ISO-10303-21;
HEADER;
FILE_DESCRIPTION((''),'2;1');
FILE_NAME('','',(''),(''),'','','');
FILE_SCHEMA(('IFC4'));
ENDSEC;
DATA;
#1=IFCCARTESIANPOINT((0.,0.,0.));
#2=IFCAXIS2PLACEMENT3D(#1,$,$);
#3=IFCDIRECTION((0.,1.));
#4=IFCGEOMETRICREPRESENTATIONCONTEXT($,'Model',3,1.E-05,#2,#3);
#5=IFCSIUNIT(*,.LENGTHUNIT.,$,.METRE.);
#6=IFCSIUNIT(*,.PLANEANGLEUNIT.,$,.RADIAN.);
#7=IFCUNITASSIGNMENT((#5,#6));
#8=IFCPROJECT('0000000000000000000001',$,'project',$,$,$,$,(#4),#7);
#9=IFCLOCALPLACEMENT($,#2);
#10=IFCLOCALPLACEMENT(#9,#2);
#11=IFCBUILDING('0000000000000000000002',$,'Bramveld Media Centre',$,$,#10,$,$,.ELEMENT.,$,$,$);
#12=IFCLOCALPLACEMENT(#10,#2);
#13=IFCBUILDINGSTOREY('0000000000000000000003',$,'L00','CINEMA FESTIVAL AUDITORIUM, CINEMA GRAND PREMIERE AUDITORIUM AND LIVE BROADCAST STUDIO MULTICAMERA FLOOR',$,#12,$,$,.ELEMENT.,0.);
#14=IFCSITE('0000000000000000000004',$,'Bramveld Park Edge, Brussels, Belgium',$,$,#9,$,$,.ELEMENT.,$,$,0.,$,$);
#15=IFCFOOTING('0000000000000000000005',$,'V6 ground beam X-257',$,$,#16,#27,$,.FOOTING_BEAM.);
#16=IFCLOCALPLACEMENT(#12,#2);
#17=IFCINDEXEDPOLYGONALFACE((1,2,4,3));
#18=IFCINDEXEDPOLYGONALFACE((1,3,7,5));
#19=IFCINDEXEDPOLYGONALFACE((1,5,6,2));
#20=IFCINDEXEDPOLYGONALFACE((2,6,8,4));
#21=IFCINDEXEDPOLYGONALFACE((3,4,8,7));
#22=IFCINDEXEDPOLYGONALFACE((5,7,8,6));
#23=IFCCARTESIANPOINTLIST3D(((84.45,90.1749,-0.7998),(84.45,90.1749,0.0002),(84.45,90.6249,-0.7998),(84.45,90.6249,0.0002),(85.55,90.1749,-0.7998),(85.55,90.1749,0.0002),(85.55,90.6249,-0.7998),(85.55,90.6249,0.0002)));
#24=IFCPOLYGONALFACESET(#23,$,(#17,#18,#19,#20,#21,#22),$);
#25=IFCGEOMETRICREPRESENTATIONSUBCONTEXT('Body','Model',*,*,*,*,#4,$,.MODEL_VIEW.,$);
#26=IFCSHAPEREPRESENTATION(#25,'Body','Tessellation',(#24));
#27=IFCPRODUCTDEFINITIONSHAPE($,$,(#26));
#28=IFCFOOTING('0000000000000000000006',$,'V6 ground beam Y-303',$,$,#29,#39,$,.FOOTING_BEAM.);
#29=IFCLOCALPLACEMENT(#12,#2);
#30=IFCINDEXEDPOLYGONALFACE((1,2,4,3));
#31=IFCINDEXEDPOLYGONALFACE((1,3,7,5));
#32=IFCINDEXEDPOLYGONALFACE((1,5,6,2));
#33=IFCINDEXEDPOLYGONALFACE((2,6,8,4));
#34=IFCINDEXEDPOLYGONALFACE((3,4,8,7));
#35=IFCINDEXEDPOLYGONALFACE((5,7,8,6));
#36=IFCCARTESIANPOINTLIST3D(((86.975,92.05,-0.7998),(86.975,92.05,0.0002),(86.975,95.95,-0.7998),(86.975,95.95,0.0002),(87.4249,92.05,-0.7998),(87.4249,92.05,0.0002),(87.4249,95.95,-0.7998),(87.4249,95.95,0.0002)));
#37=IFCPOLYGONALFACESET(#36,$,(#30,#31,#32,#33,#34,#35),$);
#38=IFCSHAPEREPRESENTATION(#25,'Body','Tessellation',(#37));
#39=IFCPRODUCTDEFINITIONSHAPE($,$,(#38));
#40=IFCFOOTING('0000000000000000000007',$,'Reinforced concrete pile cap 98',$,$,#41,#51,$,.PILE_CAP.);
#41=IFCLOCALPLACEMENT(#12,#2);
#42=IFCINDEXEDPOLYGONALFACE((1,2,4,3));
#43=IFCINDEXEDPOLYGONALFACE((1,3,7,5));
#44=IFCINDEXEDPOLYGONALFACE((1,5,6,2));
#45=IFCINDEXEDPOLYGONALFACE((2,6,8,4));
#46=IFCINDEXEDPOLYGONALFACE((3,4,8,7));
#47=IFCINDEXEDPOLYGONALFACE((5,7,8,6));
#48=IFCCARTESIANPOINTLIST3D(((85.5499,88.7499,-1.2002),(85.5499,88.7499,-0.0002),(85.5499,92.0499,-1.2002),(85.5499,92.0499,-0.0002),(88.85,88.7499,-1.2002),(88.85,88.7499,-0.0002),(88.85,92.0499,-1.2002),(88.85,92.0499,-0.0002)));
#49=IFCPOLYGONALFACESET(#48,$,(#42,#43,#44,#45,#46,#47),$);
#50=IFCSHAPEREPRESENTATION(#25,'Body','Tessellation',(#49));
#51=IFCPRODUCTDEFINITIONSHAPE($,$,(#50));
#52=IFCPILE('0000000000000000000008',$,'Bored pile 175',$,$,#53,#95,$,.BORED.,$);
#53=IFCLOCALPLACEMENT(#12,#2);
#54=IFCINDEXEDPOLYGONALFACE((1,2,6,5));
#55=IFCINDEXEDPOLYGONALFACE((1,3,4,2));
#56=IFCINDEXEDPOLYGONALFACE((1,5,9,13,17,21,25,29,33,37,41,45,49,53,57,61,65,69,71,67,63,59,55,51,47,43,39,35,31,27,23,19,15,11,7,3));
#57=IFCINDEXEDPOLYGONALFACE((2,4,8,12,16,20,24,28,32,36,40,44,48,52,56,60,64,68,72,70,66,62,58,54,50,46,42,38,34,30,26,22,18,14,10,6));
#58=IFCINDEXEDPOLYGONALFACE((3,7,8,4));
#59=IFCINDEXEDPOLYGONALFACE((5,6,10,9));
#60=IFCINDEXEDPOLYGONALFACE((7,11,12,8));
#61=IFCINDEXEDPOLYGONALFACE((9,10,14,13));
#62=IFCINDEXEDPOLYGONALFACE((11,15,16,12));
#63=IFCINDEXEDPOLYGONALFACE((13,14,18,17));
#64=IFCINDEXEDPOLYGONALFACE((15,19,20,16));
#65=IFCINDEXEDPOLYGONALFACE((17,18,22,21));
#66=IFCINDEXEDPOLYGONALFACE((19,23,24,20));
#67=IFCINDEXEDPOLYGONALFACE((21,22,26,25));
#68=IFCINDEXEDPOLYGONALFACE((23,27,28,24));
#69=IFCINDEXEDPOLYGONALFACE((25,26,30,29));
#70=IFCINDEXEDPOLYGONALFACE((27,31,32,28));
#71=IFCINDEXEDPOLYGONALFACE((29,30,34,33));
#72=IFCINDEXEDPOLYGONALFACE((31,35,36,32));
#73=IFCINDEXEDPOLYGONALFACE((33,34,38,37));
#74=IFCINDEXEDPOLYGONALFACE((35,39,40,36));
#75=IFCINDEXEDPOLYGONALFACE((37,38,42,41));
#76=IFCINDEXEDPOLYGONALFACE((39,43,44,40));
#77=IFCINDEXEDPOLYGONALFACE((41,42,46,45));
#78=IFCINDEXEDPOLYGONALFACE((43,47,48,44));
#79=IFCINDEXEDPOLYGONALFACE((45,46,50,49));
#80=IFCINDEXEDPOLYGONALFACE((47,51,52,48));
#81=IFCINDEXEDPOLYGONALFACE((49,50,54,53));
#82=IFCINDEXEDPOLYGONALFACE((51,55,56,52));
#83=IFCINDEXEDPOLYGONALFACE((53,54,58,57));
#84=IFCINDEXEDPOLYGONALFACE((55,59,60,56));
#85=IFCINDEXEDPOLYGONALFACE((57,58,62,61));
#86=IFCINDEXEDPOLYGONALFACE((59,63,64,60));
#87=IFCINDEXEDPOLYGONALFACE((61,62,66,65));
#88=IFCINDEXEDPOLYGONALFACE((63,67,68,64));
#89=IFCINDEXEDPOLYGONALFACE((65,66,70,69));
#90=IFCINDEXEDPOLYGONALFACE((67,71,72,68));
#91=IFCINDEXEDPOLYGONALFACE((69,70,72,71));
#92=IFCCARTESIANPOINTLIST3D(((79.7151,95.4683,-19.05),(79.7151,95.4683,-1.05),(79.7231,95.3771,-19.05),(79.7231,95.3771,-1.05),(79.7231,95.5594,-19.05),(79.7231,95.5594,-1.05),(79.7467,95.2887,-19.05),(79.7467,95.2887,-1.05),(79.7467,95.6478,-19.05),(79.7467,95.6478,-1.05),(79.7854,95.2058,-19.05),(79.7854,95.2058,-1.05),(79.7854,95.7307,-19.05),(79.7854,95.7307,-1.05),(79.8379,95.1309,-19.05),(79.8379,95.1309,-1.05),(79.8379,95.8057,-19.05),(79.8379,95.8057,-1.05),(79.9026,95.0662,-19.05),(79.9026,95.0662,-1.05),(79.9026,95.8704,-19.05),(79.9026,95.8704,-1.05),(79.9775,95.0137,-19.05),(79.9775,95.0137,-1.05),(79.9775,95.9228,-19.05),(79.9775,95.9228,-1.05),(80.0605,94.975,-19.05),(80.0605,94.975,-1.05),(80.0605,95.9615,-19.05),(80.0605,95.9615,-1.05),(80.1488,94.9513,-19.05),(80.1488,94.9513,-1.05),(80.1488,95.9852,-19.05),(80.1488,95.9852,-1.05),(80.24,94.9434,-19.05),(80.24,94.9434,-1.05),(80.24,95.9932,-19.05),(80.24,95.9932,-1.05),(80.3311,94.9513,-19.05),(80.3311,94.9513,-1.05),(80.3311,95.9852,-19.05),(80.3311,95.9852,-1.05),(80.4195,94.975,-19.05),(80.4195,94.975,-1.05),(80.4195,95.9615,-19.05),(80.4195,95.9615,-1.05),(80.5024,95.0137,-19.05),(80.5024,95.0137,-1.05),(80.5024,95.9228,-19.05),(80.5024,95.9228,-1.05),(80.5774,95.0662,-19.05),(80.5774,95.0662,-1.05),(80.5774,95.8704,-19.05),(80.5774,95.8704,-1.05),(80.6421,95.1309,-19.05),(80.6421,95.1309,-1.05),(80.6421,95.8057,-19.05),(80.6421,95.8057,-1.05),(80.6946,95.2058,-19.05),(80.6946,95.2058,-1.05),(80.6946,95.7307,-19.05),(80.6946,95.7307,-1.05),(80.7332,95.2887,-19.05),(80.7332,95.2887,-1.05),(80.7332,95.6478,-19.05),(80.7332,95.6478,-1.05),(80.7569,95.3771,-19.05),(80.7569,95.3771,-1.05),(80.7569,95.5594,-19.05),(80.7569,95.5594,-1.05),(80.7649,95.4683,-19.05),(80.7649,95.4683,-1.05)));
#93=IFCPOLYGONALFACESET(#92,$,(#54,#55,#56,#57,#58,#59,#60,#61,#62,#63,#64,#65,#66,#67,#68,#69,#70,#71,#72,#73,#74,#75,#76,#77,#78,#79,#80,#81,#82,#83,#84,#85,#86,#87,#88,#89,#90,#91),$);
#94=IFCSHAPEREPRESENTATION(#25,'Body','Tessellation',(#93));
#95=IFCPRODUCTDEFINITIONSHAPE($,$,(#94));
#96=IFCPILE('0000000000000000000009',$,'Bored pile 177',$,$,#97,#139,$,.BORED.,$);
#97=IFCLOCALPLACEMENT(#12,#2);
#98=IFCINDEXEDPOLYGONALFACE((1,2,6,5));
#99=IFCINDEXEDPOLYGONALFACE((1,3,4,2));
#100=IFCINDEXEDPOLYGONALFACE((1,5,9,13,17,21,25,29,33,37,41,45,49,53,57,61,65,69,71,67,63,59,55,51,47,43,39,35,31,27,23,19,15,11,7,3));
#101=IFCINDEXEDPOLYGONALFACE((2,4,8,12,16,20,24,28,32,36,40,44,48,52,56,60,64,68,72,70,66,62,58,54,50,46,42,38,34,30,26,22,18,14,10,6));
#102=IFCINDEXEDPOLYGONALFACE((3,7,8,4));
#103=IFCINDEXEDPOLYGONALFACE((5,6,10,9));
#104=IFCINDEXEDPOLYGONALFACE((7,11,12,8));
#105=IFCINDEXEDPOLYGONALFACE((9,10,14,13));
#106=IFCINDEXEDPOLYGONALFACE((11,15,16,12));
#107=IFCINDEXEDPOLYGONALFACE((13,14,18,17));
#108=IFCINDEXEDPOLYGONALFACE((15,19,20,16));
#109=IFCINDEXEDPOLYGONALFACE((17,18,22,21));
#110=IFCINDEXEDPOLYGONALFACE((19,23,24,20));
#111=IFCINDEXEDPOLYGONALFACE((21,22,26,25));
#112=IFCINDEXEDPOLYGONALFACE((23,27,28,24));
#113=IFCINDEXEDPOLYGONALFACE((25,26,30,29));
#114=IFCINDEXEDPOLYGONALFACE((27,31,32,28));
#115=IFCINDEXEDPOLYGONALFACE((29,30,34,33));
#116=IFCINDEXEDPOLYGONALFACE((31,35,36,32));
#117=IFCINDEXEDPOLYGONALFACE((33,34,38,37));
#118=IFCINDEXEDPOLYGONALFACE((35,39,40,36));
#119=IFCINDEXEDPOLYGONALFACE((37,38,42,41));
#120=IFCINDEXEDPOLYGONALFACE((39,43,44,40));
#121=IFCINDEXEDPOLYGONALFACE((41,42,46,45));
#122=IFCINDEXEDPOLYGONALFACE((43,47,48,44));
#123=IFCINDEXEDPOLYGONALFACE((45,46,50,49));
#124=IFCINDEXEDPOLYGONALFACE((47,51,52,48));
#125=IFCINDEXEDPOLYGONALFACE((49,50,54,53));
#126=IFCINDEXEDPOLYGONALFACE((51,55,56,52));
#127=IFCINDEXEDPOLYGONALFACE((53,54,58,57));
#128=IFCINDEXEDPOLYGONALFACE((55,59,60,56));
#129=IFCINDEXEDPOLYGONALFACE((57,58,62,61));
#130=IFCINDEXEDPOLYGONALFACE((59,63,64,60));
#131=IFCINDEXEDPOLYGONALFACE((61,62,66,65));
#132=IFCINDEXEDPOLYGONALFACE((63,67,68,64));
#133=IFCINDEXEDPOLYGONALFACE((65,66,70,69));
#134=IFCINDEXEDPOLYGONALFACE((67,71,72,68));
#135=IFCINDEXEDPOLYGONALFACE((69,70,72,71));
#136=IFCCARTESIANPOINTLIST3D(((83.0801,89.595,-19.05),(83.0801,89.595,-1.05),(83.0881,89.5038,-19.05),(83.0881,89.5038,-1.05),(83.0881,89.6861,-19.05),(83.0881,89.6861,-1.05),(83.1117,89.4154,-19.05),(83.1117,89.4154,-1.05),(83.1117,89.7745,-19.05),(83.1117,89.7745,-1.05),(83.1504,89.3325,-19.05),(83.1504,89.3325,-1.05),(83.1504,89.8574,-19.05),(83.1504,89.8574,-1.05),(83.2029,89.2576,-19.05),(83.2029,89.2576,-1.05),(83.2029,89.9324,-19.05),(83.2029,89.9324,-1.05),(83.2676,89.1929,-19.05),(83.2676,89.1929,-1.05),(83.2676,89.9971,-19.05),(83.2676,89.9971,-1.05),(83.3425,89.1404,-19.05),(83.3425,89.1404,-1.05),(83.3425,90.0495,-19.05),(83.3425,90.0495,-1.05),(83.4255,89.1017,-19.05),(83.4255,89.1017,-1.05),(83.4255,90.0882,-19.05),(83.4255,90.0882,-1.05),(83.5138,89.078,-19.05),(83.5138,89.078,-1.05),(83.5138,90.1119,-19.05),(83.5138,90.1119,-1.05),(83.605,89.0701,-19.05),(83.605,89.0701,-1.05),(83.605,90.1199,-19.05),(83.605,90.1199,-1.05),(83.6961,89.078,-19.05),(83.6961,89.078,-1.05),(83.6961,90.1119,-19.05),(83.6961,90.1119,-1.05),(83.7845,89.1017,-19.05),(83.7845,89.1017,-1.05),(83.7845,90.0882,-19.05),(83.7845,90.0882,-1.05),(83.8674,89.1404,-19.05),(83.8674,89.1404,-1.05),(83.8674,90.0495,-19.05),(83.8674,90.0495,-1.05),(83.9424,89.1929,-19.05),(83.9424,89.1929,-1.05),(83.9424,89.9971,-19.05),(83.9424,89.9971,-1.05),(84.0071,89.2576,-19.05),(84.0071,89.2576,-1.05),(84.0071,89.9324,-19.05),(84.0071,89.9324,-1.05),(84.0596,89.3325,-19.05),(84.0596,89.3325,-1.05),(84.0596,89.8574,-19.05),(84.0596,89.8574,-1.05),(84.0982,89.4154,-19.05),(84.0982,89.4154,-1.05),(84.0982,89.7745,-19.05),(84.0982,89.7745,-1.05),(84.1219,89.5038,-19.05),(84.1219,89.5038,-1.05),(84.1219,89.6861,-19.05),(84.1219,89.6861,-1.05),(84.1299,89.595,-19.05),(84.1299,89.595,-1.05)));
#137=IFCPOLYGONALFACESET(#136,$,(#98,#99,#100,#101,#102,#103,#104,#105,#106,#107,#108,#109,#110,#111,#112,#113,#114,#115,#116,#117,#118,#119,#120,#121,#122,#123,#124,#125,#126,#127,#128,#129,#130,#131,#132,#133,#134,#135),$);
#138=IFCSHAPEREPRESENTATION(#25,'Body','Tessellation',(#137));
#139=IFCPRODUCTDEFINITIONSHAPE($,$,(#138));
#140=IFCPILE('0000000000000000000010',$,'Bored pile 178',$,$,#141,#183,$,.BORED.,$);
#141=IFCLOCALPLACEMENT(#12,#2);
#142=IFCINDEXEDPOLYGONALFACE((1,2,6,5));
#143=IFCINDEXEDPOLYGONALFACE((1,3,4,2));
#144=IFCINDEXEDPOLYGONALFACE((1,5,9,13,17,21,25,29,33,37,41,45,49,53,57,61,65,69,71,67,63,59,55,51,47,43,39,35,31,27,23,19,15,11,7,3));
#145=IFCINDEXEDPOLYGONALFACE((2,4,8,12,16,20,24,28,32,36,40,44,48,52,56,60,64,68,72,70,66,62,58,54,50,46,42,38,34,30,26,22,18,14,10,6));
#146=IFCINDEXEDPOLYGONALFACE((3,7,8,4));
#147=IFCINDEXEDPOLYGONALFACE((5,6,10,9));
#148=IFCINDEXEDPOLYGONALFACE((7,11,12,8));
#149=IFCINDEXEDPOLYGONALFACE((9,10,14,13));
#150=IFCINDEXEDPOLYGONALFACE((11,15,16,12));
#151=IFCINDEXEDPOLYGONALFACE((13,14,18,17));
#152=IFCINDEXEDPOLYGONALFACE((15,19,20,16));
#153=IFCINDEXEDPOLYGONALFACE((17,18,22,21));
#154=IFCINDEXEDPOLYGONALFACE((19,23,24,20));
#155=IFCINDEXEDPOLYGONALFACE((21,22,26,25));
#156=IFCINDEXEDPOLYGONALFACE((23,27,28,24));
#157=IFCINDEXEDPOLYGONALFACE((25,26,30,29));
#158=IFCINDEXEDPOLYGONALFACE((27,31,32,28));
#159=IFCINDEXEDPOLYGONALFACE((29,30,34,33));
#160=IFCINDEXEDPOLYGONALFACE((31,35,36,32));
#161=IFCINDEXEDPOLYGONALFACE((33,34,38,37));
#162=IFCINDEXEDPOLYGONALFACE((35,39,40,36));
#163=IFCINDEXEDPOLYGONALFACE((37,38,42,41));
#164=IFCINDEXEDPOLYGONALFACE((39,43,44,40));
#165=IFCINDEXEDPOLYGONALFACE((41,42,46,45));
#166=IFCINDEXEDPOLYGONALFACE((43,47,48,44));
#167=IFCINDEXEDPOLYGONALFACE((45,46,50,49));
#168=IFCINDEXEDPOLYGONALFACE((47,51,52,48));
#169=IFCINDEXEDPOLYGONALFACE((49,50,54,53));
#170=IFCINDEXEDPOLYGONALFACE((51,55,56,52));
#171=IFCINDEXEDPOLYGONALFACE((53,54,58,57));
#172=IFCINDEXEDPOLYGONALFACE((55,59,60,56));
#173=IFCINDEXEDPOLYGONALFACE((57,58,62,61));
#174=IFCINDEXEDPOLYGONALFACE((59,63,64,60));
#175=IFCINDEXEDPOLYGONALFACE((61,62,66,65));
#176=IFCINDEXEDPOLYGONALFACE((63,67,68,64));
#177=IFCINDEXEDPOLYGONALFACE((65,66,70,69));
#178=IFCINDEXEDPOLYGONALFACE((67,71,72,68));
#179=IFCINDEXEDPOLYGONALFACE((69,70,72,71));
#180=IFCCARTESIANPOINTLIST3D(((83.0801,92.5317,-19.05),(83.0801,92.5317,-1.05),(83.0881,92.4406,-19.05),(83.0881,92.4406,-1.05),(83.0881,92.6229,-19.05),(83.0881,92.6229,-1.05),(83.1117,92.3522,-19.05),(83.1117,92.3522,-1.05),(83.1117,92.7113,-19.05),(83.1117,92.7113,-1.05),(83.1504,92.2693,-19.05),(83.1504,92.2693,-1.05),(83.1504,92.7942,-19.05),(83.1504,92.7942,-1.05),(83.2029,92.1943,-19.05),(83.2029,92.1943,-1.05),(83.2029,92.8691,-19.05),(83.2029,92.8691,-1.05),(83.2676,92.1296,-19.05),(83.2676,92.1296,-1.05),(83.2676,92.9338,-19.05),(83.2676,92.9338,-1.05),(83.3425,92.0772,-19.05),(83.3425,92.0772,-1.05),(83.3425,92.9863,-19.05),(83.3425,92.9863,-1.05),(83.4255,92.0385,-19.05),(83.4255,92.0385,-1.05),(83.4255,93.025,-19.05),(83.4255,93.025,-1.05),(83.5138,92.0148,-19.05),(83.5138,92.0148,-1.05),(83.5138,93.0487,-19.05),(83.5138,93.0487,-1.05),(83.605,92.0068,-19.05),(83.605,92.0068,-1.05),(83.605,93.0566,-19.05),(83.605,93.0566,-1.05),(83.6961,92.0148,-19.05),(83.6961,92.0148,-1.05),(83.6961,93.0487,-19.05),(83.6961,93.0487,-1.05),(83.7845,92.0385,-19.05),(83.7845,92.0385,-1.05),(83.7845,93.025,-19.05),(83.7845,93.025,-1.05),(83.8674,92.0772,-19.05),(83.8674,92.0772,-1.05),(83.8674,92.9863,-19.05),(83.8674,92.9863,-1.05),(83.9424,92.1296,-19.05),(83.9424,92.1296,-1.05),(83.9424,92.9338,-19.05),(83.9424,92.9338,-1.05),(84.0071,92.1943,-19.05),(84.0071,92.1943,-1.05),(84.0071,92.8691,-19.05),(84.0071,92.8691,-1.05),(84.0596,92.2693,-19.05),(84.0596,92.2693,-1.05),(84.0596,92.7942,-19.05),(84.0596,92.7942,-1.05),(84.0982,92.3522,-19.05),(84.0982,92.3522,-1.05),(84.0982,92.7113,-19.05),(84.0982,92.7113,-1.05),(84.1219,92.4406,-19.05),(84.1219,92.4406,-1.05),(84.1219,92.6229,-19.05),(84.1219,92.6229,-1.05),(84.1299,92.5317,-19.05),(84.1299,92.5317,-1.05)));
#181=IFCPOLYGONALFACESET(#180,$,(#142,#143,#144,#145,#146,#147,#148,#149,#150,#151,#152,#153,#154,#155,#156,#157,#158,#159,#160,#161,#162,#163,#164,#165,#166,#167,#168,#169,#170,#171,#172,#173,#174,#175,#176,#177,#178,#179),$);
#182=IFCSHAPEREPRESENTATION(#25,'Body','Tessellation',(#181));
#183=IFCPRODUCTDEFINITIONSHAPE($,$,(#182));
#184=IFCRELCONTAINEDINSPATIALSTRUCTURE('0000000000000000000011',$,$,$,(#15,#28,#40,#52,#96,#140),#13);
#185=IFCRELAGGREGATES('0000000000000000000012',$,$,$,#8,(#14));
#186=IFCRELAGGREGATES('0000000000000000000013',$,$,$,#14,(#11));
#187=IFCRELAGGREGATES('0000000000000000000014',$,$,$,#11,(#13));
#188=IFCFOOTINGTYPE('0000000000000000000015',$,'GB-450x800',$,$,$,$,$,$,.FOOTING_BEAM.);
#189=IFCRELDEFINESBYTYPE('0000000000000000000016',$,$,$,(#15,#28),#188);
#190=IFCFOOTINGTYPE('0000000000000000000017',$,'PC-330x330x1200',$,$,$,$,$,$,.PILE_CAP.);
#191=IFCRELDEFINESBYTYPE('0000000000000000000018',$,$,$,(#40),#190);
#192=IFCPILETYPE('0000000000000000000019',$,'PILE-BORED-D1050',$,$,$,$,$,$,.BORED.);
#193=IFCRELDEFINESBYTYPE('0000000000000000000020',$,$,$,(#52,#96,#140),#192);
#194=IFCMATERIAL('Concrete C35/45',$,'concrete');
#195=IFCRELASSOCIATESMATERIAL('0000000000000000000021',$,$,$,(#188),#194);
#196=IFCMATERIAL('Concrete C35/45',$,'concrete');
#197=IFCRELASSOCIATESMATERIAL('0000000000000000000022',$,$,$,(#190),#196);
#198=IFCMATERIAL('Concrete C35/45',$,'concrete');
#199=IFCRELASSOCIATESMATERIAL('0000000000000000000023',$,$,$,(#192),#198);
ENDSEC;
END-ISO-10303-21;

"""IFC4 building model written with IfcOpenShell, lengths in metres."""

from ifc_helpers import new_model, si_unit, direction, frame, origin, origin_2d, place, context, subcontext, project, spatial, rectangle, circle, extrude, material, material_profile, profile_set, type_object, element, save


model = new_model("IFC4")

# Units and contexts
model_context = context("Model", 3, precision=1e-05, world=origin(), true_north=direction((0.0, 1.0)))
body_context = subcontext(model_context, "Body", "Model", "MODEL_VIEW")
ifc_project = project(units=[si_unit("LENGTHUNIT", "METRE"), si_unit("PLANEANGLEUNIT", "RADIAN")], contexts=[model_context])

# Site, building, storey
site_placement = place(None, origin())
site = spatial("IfcSite", under=ifc_project, at=site_placement, Name="Bramveld Park Edge, Brussels, Belgium", CompositionType="ELEMENT", RefElevation=0.0)
building_placement = place(site_placement, origin())
building = spatial("IfcBuilding", under=site, at=building_placement, Name="Bramveld Media Centre", CompositionType="ELEMENT")
storey_placement = place(building_placement, origin())
storey = spatial("IfcBuildingStorey", under=building, at=storey_placement, Name="L00", Description="CINEMA FESTIVAL AUDITORIUM, CINEMA GRAND PREMIERE AUDITORIUM AND LIVE BROADCAST STUDIO MULTICAMERA FLOOR", CompositionType="ELEMENT", Elevation=0.0)

# Footings
ifc_material_1 = material(Name="Concrete C35/45", Category="concrete")
footing_type_1 = type_object("IfcFootingType", Name="GB-450x800", PredefinedType="FOOTING_BEAM", material=ifc_material_1)
footing_1_placement = place(storey_placement, frame((85.0, 90.3999, -0.7998), z_axis=(0.0, 0.0, 1.0), x_axis=(1.0, 0.0, 0.0)))
element("IfcFooting", 1, at=footing_1_placement, inside=storey, type_object=footing_type_1, Name="V6 ground beam X-257", PredefinedType="FOOTING_BEAM", context=body_context, shape_type="SweptSolid", body=[
    extrude(rectangle(XDim=1.1001, YDim=0.45, at=origin_2d()), origin(), (0.0, 0.0, 1.0), 0.8),
])
footing_2_placement = place(storey_placement, frame((87.2, 94.0, -0.7998), z_axis=(0.0, 0.0, 1.0), x_axis=(1.0, 0.0, 0.0)))
element("IfcFooting", 2, at=footing_2_placement, inside=storey, type_object=footing_type_1, Name="V6 ground beam Y-303", PredefinedType="FOOTING_BEAM", context=body_context, shape_type="SweptSolid", body=[
    extrude(rectangle(XDim=0.45, YDim=3.8999, at=origin_2d()), origin(), (0.0, 0.0, 1.0), 0.8),
])
ifc_material_2 = material(Name="Concrete C35/45", Category="concrete")
footing_type_2 = type_object("IfcFootingType", Name="PC-330x330x1200", PredefinedType="PILE_CAP", material=ifc_material_2)
footing_3_placement = place(storey_placement, frame((87.2, 90.3999, -1.2002), z_axis=(0.0, 0.0, 1.0), x_axis=(1.0, 0.0, 0.0)))
element("IfcFooting", 3, at=footing_3_placement, inside=storey, type_object=footing_type_2, Name="Reinforced concrete pile cap 98", PredefinedType="PILE_CAP", context=body_context, shape_type="SweptSolid", body=[
    extrude(rectangle(XDim=3.3, YDim=3.3, at=origin_2d()), origin(), (0.0, 0.0, 1.0), 1.2),
])

# Piles
ifc_material_3 = material(Name="Concrete C35/45", Category="concrete")
ifc_material_profile_1 = material_profile(ifc_material_3, circle(Radius=0.5249, at=origin_2d()), Name="BORED D1050")
ifc_profile_set_1 = profile_set([ifc_material_profile_1], Name="Concrete C35/45")
pile_type_1 = type_object("IfcPileType", Name="PILE-BORED-D1050", PredefinedType="BORED", material=ifc_profile_set_1)
for number, where, z_axis, x_axis, name in (
    (4, (80.24, 95.4683, -1.05), (0.0, 0.0, -1.0), (1.0, 0.0, 0.0), "Bored pile 175"),
    (5, (83.605, 89.595, -1.05), (0.0, 0.0, -1.0), (1.0, 0.0, 0.0), "Bored pile 177"),
    (6, (83.605, 92.5317, -1.05), (0.0, 0.0, -1.0), (1.0, 0.0, 0.0), "Bored pile 178"),
):
    element("IfcPile", number, at=place(storey_placement, frame(where, z_axis=z_axis, x_axis=x_axis)), inside=storey, type_object=pile_type_1, Name=name, PredefinedType="BORED", context=body_context, shape_type="SweptSolid", body=[
        extrude(circle(Radius=0.5249, at=origin_2d()), origin(), (0.0, 0.0, 1.0), 18.0),
    ])

save(model, "model.ifc")
